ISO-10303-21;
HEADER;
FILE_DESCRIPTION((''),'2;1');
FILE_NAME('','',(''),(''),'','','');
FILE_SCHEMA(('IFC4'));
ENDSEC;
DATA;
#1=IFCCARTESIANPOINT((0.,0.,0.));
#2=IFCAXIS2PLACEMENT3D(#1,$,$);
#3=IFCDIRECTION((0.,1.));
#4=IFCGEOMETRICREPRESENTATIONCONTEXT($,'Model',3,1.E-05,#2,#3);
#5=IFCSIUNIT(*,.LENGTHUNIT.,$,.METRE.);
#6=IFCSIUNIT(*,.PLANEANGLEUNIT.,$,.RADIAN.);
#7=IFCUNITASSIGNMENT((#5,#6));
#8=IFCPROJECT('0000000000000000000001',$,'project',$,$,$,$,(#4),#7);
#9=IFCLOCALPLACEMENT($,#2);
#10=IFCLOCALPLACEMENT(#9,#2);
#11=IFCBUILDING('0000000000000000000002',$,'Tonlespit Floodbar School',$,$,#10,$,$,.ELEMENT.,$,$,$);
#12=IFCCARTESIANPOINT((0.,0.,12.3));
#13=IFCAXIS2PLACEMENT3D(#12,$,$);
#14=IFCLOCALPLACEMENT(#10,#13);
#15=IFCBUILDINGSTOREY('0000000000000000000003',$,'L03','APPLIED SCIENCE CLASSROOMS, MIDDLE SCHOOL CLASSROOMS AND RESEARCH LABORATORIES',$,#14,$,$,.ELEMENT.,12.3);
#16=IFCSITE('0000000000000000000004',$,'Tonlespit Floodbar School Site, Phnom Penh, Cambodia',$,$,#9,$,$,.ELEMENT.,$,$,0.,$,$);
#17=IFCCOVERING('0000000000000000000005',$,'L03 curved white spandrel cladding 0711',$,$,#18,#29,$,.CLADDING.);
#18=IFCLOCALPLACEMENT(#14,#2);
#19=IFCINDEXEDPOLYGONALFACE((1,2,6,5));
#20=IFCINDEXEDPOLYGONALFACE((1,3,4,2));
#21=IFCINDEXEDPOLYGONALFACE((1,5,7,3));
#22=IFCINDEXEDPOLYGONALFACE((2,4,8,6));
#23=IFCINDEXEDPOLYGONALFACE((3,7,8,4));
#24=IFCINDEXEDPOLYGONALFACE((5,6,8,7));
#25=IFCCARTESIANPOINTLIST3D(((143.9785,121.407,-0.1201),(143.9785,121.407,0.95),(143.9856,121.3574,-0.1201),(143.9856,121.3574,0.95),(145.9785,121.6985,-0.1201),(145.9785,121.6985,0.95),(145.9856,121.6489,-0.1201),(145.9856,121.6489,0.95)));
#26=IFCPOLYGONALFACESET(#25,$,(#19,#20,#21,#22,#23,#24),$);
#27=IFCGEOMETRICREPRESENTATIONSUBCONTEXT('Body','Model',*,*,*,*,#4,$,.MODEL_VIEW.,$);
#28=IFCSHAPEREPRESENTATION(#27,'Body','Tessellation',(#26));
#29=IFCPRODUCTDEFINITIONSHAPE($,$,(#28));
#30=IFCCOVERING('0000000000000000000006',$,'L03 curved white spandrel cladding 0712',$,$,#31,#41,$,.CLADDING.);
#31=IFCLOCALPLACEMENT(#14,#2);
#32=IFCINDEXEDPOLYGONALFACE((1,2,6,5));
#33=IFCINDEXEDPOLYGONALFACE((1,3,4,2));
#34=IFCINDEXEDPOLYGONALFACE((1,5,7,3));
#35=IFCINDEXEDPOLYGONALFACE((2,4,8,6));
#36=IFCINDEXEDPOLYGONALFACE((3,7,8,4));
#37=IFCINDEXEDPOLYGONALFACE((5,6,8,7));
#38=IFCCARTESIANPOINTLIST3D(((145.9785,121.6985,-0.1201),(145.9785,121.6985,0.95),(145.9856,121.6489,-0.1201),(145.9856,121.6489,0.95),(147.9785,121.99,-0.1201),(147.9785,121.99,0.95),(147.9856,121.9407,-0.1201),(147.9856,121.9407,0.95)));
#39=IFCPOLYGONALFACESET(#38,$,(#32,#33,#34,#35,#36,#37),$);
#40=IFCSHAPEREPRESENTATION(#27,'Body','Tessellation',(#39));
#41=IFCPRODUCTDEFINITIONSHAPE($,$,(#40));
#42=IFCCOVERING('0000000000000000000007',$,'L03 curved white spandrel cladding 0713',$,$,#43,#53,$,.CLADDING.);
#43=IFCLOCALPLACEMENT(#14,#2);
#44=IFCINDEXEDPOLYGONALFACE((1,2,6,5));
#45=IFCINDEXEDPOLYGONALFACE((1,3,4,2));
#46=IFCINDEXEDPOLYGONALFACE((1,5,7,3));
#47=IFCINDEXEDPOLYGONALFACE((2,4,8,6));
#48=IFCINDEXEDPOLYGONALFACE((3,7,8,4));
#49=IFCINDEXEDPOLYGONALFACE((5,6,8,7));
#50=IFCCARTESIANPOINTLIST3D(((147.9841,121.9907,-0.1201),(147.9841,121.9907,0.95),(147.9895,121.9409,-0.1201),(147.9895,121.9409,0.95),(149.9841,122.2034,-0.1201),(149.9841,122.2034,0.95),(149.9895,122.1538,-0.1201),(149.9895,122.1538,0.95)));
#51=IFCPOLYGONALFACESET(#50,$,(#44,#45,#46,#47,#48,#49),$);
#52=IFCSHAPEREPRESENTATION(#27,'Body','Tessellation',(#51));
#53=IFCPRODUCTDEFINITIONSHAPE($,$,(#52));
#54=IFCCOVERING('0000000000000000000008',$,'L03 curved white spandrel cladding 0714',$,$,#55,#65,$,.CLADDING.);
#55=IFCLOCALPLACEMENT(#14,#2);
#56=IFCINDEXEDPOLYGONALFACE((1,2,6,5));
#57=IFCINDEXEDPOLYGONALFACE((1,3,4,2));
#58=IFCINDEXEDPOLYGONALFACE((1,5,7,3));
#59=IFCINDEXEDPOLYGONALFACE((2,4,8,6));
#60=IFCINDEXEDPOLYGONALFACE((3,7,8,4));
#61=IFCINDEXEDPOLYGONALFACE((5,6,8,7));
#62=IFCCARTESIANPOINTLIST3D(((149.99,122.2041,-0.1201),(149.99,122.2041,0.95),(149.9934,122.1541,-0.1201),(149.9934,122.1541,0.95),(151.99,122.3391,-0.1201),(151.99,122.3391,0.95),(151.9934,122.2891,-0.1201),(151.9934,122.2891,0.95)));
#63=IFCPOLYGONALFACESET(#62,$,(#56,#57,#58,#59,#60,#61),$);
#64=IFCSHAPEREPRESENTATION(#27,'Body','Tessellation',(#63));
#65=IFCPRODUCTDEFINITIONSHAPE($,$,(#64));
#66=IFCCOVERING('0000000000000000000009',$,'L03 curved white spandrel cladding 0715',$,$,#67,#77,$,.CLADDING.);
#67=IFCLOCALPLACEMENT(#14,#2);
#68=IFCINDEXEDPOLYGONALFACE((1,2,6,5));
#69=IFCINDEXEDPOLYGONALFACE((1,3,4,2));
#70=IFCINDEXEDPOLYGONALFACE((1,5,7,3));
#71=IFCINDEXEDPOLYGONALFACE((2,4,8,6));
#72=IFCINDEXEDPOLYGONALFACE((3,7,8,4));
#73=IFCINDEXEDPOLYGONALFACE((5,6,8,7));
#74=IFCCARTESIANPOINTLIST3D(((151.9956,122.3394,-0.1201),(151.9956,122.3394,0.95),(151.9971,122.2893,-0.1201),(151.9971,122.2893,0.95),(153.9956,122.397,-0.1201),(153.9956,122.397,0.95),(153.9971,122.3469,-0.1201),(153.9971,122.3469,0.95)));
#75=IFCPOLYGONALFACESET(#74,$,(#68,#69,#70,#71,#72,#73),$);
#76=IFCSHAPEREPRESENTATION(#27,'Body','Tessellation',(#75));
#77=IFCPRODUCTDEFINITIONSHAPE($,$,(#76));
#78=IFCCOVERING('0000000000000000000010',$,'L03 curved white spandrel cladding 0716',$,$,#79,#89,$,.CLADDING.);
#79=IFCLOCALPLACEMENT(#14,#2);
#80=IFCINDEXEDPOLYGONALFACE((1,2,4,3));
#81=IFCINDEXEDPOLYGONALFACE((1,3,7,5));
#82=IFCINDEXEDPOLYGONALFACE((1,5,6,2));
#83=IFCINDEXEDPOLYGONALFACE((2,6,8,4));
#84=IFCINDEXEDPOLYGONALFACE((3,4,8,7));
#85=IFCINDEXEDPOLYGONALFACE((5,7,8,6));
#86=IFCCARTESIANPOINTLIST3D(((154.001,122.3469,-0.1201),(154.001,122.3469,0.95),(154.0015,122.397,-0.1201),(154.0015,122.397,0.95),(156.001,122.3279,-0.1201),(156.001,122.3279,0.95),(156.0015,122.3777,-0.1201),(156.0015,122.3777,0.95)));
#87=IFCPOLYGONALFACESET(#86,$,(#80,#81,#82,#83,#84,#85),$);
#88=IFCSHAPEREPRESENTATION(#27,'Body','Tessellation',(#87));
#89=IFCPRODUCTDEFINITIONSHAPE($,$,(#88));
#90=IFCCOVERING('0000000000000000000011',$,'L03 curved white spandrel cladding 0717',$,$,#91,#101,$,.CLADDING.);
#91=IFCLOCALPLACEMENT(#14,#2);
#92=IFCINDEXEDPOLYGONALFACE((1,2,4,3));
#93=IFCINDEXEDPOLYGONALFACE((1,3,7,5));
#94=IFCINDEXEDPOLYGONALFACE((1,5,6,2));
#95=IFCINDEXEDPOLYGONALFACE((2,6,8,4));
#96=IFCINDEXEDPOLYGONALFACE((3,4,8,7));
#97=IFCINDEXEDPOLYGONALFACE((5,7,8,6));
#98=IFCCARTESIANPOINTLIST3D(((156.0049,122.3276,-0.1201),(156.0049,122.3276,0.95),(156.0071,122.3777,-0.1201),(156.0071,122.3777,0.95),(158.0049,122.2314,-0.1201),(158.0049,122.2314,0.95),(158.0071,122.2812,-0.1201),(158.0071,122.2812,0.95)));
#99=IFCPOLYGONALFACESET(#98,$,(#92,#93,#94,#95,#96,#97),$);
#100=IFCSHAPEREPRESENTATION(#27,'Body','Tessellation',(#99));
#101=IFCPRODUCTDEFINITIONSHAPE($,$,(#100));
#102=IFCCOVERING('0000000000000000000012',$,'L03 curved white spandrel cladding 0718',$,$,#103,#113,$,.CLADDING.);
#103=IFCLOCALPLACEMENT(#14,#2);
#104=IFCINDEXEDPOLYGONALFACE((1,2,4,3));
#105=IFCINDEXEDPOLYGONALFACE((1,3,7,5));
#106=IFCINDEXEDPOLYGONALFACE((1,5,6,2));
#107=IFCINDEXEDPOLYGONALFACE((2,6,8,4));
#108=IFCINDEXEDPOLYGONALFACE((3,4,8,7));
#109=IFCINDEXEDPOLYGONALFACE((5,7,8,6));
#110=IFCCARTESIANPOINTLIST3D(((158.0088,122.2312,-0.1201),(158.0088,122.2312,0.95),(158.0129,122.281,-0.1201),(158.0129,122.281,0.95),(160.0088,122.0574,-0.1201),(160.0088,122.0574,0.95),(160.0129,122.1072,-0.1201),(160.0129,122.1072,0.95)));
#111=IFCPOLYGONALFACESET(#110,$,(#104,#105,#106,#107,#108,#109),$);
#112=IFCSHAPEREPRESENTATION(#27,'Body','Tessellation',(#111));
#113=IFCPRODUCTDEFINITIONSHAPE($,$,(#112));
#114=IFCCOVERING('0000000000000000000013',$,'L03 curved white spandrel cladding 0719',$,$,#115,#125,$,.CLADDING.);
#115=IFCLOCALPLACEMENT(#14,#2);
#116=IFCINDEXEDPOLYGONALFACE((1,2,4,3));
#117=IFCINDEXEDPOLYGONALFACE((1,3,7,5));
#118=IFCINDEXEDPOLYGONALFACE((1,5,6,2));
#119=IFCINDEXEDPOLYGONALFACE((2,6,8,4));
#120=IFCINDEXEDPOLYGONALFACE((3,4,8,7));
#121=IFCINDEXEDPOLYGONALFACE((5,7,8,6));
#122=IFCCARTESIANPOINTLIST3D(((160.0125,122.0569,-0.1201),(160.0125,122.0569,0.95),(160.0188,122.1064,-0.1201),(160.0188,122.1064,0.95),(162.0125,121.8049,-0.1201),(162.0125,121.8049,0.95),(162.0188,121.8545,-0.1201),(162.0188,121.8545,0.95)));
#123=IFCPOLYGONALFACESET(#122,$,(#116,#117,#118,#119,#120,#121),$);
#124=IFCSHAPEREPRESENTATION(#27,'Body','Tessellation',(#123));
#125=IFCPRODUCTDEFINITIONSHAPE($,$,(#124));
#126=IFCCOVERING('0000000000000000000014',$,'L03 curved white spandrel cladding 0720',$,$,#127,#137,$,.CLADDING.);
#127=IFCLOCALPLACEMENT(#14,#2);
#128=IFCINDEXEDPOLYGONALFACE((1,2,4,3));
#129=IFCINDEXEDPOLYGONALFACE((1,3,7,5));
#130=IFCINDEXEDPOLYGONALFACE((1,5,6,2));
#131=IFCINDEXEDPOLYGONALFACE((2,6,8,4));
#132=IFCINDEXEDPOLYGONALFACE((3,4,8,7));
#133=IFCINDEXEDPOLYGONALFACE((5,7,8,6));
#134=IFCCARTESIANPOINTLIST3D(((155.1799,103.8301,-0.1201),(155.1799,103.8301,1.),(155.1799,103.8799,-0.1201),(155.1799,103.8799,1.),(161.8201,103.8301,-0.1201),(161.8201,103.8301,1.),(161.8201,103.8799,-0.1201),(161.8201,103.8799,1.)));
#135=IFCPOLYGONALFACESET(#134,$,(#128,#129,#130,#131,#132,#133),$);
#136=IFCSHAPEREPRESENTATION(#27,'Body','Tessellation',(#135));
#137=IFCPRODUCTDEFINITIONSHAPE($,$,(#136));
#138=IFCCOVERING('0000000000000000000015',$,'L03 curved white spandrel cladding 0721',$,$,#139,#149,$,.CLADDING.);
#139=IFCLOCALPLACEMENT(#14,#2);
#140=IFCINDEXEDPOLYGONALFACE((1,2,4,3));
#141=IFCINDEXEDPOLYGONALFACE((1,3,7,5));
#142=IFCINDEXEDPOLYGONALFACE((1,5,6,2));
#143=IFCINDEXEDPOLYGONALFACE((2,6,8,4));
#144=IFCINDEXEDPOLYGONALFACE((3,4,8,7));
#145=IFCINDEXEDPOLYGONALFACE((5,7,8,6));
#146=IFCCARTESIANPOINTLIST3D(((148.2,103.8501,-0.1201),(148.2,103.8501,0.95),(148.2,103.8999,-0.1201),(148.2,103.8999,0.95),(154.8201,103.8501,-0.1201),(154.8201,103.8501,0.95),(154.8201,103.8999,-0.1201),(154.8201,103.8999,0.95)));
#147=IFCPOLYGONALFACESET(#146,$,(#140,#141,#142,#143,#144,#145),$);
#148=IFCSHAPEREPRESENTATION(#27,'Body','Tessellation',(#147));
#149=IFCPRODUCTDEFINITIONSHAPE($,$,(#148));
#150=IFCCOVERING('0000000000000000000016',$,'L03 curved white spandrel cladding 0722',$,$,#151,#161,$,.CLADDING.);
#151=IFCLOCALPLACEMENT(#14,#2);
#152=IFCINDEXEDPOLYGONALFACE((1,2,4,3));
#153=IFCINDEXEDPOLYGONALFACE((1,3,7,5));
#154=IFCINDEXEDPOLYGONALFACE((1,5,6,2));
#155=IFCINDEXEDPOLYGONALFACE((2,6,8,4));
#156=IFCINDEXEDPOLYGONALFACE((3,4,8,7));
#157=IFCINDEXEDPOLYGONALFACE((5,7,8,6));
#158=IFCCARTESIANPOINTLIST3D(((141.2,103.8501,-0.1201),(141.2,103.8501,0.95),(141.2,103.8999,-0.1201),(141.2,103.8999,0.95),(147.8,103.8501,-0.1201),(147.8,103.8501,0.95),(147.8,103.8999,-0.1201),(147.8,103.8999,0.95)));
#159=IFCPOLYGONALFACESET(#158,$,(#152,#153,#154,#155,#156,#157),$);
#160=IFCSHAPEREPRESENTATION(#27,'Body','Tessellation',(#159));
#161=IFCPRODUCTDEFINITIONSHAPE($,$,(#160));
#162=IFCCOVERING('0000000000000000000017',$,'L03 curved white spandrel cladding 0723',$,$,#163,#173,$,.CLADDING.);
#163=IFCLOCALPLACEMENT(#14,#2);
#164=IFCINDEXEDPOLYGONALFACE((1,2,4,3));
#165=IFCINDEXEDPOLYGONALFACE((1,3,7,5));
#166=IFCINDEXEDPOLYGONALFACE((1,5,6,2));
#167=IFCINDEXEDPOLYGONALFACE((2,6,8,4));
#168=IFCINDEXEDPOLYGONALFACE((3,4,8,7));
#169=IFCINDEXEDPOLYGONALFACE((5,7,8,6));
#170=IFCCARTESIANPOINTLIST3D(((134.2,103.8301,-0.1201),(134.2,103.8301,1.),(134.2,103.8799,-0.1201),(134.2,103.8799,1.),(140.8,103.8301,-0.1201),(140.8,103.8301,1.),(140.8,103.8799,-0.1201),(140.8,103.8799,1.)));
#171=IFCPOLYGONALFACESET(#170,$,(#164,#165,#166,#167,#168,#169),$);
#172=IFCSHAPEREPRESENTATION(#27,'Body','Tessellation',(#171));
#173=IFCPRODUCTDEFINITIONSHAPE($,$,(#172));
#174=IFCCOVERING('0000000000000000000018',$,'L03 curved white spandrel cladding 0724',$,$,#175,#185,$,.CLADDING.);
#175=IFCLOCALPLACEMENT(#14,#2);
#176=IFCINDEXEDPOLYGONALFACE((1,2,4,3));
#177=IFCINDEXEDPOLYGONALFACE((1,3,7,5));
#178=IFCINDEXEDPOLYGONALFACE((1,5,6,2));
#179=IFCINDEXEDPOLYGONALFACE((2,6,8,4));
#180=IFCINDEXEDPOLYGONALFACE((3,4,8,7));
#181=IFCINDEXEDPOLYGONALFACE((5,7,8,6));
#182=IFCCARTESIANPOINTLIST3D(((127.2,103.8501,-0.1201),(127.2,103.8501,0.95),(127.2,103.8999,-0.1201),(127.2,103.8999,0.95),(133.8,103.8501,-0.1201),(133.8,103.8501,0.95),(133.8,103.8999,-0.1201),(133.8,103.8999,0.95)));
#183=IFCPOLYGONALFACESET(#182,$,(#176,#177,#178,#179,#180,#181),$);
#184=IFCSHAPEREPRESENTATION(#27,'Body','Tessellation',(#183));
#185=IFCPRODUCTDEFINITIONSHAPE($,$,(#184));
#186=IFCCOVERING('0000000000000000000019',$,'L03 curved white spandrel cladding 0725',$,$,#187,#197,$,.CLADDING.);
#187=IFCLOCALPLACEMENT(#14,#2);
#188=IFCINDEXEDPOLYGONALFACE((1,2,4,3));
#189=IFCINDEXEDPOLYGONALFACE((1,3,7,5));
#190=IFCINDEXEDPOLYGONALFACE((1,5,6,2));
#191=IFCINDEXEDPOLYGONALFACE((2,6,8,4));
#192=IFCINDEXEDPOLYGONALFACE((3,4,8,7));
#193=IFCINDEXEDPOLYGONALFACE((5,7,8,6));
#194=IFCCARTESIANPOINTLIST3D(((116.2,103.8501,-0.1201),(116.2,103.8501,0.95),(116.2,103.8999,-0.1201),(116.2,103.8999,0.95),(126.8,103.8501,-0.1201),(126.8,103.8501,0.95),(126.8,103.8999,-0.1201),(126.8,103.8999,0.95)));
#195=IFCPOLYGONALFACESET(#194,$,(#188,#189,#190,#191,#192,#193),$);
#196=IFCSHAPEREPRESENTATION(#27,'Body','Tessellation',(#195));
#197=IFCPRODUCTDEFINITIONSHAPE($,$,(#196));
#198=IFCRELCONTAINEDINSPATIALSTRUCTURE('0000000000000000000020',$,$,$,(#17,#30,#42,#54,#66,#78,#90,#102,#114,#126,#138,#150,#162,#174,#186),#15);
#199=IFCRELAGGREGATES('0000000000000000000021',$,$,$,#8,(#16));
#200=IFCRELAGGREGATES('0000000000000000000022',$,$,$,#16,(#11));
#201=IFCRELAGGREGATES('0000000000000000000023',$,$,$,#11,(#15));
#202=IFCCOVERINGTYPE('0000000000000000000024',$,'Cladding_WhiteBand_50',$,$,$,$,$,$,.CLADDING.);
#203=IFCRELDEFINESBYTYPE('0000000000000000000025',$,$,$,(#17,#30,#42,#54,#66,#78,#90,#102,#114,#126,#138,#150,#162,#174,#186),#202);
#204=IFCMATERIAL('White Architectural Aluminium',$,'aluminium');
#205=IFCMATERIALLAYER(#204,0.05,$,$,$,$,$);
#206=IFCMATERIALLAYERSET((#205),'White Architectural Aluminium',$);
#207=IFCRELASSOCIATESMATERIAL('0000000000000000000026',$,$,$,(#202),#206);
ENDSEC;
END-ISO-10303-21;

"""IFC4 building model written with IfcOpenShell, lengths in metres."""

from ifc_helpers import new_model, si_unit, direction, frame, origin, place, context, subcontext, project, spatial, polyline, outline, extrude, material, layer, layer_set, type_object, element, save


model = new_model("IFC4")

# Units and contexts
model_context = context("Model", 3, precision=1e-05, world=origin(), true_north=direction((0.0, 1.0)))
body_context = subcontext(model_context, "Body", "Model", "MODEL_VIEW")
ifc_project = project(units=[si_unit("LENGTHUNIT", "METRE"), si_unit("PLANEANGLEUNIT", "RADIAN")], contexts=[model_context])

# Site, building, storey
site_placement = place(None, origin())
site = spatial("IfcSite", under=ifc_project, at=site_placement, Name="Tonlespit Floodbar School Site, Phnom Penh, Cambodia", CompositionType="ELEMENT", RefElevation=0.0)
building_placement = place(site_placement, origin())
building = spatial("IfcBuilding", under=site, at=building_placement, Name="Tonlespit Floodbar School", CompositionType="ELEMENT")
storey_placement = place(building_placement, frame((0.0, 0.0, 12.3)))
storey = spatial("IfcBuildingStorey", under=building, at=storey_placement, Name="L03", Description="APPLIED SCIENCE CLASSROOMS, MIDDLE SCHOOL CLASSROOMS AND RESEARCH LABORATORIES", CompositionType="ELEMENT", Elevation=12.3)

# Coverings
ifc_material_1 = material(Name="White Architectural Aluminium", Category="aluminium")
ifc_layer_1 = layer(ifc_material_1, 0.05)
ifc_layer_set_1 = layer_set([ifc_layer_1], Name="White Architectural Aluminium")
covering_type = type_object("IfcCoveringType", Name="Cladding_WhiteBand_50", PredefinedType="CLADDING", material=ifc_layer_set_1)
covering_1_placement = place(storey_placement, frame((0.0, 0.0, -0.1201)))
element("IfcCovering", 1, at=covering_1_placement, inside=storey, type_object=covering_type, Name="L03 curved white spandrel cladding 0711", PredefinedType="CLADDING", context=body_context, shape_type="SweptSolid", body=[
    extrude(outline(polyline([(143.9856, 121.3574), (145.9856, 121.6489), (145.9785, 121.6985), (143.9785, 121.407), (143.9856, 121.3574)])), origin(), (0.0, 0.0, 1.0), 1.0701),
])
covering_2_placement = place(storey_placement, frame((0.0, 0.0, -0.1201)))
element("IfcCovering", 2, at=covering_2_placement, inside=storey, type_object=covering_type, Name="L03 curved white spandrel cladding 0712", PredefinedType="CLADDING", context=body_context, shape_type="SweptSolid", body=[
    extrude(outline(polyline([(145.9856, 121.6489), (147.9856, 121.9407), (147.9785, 121.99), (145.9785, 121.6985), (145.9856, 121.6489)])), origin(), (0.0, 0.0, 1.0), 1.0701),
])
covering_3_placement = place(storey_placement, frame((0.0, 0.0, -0.1201)))
element("IfcCovering", 3, at=covering_3_placement, inside=storey, type_object=covering_type, Name="L03 curved white spandrel cladding 0713", PredefinedType="CLADDING", context=body_context, shape_type="SweptSolid", body=[
    extrude(outline(polyline([(147.9895, 121.9409), (149.9895, 122.1538), (149.9841, 122.2034), (147.9841, 121.9907), (147.9895, 121.9409)])), origin(), (0.0, 0.0, 1.0), 1.0701),
])
covering_4_placement = place(storey_placement, frame((0.0, 0.0, -0.1201)))
element("IfcCovering", 4, at=covering_4_placement, inside=storey, type_object=covering_type, Name="L03 curved white spandrel cladding 0714", PredefinedType="CLADDING", context=body_context, shape_type="SweptSolid", body=[
    extrude(outline(polyline([(149.9934, 122.1541), (151.9934, 122.2891), (151.99, 122.3391), (149.99, 122.2041), (149.9934, 122.1541)])), origin(), (0.0, 0.0, 1.0), 1.0701),
])
covering_5_placement = place(storey_placement, frame((0.0, 0.0, -0.1201)))
element("IfcCovering", 5, at=covering_5_placement, inside=storey, type_object=covering_type, Name="L03 curved white spandrel cladding 0715", PredefinedType="CLADDING", context=body_context, shape_type="SweptSolid", body=[
    extrude(outline(polyline([(151.9971, 122.2893), (153.9971, 122.3469), (153.9956, 122.397), (151.9956, 122.3394), (151.9971, 122.2893)])), origin(), (0.0, 0.0, 1.0), 1.0701),
])
covering_6_placement = place(storey_placement, frame((0.0, 0.0, -0.1201)))
element("IfcCovering", 6, at=covering_6_placement, inside=storey, type_object=covering_type, Name="L03 curved white spandrel cladding 0716", PredefinedType="CLADDING", context=body_context, shape_type="SweptSolid", body=[
    extrude(outline(polyline([(154.001, 122.3469), (156.001, 122.3279), (156.0015, 122.3777), (154.0015, 122.397), (154.001, 122.3469)])), origin(), (0.0, 0.0, 1.0), 1.0701),
])
covering_7_placement = place(storey_placement, frame((0.0, 0.0, -0.1201)))
element("IfcCovering", 7, at=covering_7_placement, inside=storey, type_object=covering_type, Name="L03 curved white spandrel cladding 0717", PredefinedType="CLADDING", context=body_context, shape_type="SweptSolid", body=[
    extrude(outline(polyline([(156.0049, 122.3276), (158.0049, 122.2314), (158.0071, 122.2812), (156.0071, 122.3777), (156.0049, 122.3276)])), origin(), (0.0, 0.0, 1.0), 1.0701),
])
covering_8_placement = place(storey_placement, frame((0.0, 0.0, -0.1201)))
element("IfcCovering", 8, at=covering_8_placement, inside=storey, type_object=covering_type, Name="L03 curved white spandrel cladding 0718", PredefinedType="CLADDING", context=body_context, shape_type="SweptSolid", body=[
    extrude(outline(polyline([(158.0088, 122.2312), (160.0088, 122.0574), (160.0129, 122.1072), (158.0129, 122.281), (158.0088, 122.2312)])), origin(), (0.0, 0.0, 1.0), 1.0701),
])
covering_9_placement = place(storey_placement, frame((0.0, 0.0, -0.1201)))
element("IfcCovering", 9, at=covering_9_placement, inside=storey, type_object=covering_type, Name="L03 curved white spandrel cladding 0719", PredefinedType="CLADDING", context=body_context, shape_type="SweptSolid", body=[
    extrude(outline(polyline([(160.0125, 122.0569), (162.0125, 121.8049), (162.0188, 121.8545), (160.0188, 122.1064), (160.0125, 122.0569)])), origin(), (0.0, 0.0, 1.0), 1.0701),
])
covering_10_placement = place(storey_placement, frame((0.0, 0.0, -0.1201)))
element("IfcCovering", 10, at=covering_10_placement, inside=storey, type_object=covering_type, Name="L03 curved white spandrel cladding 0720", PredefinedType="CLADDING", context=body_context, shape_type="SweptSolid", body=[
    extrude(outline(polyline([(161.8201, 103.8799), (155.1799, 103.8799), (155.1799, 103.8301), (161.8201, 103.8301), (161.8201, 103.8799)])), origin(), (0.0, 0.0, 1.0), 1.1201),
])
covering_11_placement = place(storey_placement, frame((0.0, 0.0, -0.1201)))
element("IfcCovering", 11, at=covering_11_placement, inside=storey, type_object=covering_type, Name="L03 curved white spandrel cladding 0721", PredefinedType="CLADDING", context=body_context, shape_type="SweptSolid", body=[
    extrude(outline(polyline([(154.8201, 103.8999), (148.2, 103.8999), (148.2, 103.8501), (154.8201, 103.8501), (154.8201, 103.8999)])), origin(), (0.0, 0.0, 1.0), 1.0701),
])
covering_12_placement = place(storey_placement, frame((0.0, 0.0, -0.1201)))
element("IfcCovering", 12, at=covering_12_placement, inside=storey, type_object=covering_type, Name="L03 curved white spandrel cladding 0722", PredefinedType="CLADDING", context=body_context, shape_type="SweptSolid", body=[
    extrude(outline(polyline([(147.8, 103.8999), (141.2, 103.8999), (141.2, 103.8501), (147.8, 103.8501), (147.8, 103.8999)])), origin(), (0.0, 0.0, 1.0), 1.0701),
])
covering_13_placement = place(storey_placement, frame((0.0, 0.0, -0.1201)))
element("IfcCovering", 13, at=covering_13_placement, inside=storey, type_object=covering_type, Name="L03 curved white spandrel cladding 0723", PredefinedType="CLADDING", context=body_context, shape_type="SweptSolid", body=[
    extrude(outline(polyline([(140.8, 103.8799), (134.2, 103.8799), (134.2, 103.8301), (140.8, 103.8301), (140.8, 103.8799)])), origin(), (0.0, 0.0, 1.0), 1.1201),
])
covering_14_placement = place(storey_placement, frame((0.0, 0.0, -0.1201)))
element("IfcCovering", 14, at=covering_14_placement, inside=storey, type_object=covering_type, Name="L03 curved white spandrel cladding 0724", PredefinedType="CLADDING", context=body_context, shape_type="SweptSolid", body=[
    extrude(outline(polyline([(133.8, 103.8999), (127.2, 103.8999), (127.2, 103.8501), (133.8, 103.8501), (133.8, 103.8999)])), origin(), (0.0, 0.0, 1.0), 1.0701),
])
covering_15_placement = place(storey_placement, frame((0.0, 0.0, -0.1201)))
element("IfcCovering", 15, at=covering_15_placement, inside=storey, type_object=covering_type, Name="L03 curved white spandrel cladding 0725", PredefinedType="CLADDING", context=body_context, shape_type="SweptSolid", body=[
    extrude(outline(polyline([(126.8, 103.8999), (116.2, 103.8999), (116.2, 103.8501), (126.8, 103.8501), (126.8, 103.8999)])), origin(), (0.0, 0.0, 1.0), 1.0701),
])

save(model, "model.ifc")
